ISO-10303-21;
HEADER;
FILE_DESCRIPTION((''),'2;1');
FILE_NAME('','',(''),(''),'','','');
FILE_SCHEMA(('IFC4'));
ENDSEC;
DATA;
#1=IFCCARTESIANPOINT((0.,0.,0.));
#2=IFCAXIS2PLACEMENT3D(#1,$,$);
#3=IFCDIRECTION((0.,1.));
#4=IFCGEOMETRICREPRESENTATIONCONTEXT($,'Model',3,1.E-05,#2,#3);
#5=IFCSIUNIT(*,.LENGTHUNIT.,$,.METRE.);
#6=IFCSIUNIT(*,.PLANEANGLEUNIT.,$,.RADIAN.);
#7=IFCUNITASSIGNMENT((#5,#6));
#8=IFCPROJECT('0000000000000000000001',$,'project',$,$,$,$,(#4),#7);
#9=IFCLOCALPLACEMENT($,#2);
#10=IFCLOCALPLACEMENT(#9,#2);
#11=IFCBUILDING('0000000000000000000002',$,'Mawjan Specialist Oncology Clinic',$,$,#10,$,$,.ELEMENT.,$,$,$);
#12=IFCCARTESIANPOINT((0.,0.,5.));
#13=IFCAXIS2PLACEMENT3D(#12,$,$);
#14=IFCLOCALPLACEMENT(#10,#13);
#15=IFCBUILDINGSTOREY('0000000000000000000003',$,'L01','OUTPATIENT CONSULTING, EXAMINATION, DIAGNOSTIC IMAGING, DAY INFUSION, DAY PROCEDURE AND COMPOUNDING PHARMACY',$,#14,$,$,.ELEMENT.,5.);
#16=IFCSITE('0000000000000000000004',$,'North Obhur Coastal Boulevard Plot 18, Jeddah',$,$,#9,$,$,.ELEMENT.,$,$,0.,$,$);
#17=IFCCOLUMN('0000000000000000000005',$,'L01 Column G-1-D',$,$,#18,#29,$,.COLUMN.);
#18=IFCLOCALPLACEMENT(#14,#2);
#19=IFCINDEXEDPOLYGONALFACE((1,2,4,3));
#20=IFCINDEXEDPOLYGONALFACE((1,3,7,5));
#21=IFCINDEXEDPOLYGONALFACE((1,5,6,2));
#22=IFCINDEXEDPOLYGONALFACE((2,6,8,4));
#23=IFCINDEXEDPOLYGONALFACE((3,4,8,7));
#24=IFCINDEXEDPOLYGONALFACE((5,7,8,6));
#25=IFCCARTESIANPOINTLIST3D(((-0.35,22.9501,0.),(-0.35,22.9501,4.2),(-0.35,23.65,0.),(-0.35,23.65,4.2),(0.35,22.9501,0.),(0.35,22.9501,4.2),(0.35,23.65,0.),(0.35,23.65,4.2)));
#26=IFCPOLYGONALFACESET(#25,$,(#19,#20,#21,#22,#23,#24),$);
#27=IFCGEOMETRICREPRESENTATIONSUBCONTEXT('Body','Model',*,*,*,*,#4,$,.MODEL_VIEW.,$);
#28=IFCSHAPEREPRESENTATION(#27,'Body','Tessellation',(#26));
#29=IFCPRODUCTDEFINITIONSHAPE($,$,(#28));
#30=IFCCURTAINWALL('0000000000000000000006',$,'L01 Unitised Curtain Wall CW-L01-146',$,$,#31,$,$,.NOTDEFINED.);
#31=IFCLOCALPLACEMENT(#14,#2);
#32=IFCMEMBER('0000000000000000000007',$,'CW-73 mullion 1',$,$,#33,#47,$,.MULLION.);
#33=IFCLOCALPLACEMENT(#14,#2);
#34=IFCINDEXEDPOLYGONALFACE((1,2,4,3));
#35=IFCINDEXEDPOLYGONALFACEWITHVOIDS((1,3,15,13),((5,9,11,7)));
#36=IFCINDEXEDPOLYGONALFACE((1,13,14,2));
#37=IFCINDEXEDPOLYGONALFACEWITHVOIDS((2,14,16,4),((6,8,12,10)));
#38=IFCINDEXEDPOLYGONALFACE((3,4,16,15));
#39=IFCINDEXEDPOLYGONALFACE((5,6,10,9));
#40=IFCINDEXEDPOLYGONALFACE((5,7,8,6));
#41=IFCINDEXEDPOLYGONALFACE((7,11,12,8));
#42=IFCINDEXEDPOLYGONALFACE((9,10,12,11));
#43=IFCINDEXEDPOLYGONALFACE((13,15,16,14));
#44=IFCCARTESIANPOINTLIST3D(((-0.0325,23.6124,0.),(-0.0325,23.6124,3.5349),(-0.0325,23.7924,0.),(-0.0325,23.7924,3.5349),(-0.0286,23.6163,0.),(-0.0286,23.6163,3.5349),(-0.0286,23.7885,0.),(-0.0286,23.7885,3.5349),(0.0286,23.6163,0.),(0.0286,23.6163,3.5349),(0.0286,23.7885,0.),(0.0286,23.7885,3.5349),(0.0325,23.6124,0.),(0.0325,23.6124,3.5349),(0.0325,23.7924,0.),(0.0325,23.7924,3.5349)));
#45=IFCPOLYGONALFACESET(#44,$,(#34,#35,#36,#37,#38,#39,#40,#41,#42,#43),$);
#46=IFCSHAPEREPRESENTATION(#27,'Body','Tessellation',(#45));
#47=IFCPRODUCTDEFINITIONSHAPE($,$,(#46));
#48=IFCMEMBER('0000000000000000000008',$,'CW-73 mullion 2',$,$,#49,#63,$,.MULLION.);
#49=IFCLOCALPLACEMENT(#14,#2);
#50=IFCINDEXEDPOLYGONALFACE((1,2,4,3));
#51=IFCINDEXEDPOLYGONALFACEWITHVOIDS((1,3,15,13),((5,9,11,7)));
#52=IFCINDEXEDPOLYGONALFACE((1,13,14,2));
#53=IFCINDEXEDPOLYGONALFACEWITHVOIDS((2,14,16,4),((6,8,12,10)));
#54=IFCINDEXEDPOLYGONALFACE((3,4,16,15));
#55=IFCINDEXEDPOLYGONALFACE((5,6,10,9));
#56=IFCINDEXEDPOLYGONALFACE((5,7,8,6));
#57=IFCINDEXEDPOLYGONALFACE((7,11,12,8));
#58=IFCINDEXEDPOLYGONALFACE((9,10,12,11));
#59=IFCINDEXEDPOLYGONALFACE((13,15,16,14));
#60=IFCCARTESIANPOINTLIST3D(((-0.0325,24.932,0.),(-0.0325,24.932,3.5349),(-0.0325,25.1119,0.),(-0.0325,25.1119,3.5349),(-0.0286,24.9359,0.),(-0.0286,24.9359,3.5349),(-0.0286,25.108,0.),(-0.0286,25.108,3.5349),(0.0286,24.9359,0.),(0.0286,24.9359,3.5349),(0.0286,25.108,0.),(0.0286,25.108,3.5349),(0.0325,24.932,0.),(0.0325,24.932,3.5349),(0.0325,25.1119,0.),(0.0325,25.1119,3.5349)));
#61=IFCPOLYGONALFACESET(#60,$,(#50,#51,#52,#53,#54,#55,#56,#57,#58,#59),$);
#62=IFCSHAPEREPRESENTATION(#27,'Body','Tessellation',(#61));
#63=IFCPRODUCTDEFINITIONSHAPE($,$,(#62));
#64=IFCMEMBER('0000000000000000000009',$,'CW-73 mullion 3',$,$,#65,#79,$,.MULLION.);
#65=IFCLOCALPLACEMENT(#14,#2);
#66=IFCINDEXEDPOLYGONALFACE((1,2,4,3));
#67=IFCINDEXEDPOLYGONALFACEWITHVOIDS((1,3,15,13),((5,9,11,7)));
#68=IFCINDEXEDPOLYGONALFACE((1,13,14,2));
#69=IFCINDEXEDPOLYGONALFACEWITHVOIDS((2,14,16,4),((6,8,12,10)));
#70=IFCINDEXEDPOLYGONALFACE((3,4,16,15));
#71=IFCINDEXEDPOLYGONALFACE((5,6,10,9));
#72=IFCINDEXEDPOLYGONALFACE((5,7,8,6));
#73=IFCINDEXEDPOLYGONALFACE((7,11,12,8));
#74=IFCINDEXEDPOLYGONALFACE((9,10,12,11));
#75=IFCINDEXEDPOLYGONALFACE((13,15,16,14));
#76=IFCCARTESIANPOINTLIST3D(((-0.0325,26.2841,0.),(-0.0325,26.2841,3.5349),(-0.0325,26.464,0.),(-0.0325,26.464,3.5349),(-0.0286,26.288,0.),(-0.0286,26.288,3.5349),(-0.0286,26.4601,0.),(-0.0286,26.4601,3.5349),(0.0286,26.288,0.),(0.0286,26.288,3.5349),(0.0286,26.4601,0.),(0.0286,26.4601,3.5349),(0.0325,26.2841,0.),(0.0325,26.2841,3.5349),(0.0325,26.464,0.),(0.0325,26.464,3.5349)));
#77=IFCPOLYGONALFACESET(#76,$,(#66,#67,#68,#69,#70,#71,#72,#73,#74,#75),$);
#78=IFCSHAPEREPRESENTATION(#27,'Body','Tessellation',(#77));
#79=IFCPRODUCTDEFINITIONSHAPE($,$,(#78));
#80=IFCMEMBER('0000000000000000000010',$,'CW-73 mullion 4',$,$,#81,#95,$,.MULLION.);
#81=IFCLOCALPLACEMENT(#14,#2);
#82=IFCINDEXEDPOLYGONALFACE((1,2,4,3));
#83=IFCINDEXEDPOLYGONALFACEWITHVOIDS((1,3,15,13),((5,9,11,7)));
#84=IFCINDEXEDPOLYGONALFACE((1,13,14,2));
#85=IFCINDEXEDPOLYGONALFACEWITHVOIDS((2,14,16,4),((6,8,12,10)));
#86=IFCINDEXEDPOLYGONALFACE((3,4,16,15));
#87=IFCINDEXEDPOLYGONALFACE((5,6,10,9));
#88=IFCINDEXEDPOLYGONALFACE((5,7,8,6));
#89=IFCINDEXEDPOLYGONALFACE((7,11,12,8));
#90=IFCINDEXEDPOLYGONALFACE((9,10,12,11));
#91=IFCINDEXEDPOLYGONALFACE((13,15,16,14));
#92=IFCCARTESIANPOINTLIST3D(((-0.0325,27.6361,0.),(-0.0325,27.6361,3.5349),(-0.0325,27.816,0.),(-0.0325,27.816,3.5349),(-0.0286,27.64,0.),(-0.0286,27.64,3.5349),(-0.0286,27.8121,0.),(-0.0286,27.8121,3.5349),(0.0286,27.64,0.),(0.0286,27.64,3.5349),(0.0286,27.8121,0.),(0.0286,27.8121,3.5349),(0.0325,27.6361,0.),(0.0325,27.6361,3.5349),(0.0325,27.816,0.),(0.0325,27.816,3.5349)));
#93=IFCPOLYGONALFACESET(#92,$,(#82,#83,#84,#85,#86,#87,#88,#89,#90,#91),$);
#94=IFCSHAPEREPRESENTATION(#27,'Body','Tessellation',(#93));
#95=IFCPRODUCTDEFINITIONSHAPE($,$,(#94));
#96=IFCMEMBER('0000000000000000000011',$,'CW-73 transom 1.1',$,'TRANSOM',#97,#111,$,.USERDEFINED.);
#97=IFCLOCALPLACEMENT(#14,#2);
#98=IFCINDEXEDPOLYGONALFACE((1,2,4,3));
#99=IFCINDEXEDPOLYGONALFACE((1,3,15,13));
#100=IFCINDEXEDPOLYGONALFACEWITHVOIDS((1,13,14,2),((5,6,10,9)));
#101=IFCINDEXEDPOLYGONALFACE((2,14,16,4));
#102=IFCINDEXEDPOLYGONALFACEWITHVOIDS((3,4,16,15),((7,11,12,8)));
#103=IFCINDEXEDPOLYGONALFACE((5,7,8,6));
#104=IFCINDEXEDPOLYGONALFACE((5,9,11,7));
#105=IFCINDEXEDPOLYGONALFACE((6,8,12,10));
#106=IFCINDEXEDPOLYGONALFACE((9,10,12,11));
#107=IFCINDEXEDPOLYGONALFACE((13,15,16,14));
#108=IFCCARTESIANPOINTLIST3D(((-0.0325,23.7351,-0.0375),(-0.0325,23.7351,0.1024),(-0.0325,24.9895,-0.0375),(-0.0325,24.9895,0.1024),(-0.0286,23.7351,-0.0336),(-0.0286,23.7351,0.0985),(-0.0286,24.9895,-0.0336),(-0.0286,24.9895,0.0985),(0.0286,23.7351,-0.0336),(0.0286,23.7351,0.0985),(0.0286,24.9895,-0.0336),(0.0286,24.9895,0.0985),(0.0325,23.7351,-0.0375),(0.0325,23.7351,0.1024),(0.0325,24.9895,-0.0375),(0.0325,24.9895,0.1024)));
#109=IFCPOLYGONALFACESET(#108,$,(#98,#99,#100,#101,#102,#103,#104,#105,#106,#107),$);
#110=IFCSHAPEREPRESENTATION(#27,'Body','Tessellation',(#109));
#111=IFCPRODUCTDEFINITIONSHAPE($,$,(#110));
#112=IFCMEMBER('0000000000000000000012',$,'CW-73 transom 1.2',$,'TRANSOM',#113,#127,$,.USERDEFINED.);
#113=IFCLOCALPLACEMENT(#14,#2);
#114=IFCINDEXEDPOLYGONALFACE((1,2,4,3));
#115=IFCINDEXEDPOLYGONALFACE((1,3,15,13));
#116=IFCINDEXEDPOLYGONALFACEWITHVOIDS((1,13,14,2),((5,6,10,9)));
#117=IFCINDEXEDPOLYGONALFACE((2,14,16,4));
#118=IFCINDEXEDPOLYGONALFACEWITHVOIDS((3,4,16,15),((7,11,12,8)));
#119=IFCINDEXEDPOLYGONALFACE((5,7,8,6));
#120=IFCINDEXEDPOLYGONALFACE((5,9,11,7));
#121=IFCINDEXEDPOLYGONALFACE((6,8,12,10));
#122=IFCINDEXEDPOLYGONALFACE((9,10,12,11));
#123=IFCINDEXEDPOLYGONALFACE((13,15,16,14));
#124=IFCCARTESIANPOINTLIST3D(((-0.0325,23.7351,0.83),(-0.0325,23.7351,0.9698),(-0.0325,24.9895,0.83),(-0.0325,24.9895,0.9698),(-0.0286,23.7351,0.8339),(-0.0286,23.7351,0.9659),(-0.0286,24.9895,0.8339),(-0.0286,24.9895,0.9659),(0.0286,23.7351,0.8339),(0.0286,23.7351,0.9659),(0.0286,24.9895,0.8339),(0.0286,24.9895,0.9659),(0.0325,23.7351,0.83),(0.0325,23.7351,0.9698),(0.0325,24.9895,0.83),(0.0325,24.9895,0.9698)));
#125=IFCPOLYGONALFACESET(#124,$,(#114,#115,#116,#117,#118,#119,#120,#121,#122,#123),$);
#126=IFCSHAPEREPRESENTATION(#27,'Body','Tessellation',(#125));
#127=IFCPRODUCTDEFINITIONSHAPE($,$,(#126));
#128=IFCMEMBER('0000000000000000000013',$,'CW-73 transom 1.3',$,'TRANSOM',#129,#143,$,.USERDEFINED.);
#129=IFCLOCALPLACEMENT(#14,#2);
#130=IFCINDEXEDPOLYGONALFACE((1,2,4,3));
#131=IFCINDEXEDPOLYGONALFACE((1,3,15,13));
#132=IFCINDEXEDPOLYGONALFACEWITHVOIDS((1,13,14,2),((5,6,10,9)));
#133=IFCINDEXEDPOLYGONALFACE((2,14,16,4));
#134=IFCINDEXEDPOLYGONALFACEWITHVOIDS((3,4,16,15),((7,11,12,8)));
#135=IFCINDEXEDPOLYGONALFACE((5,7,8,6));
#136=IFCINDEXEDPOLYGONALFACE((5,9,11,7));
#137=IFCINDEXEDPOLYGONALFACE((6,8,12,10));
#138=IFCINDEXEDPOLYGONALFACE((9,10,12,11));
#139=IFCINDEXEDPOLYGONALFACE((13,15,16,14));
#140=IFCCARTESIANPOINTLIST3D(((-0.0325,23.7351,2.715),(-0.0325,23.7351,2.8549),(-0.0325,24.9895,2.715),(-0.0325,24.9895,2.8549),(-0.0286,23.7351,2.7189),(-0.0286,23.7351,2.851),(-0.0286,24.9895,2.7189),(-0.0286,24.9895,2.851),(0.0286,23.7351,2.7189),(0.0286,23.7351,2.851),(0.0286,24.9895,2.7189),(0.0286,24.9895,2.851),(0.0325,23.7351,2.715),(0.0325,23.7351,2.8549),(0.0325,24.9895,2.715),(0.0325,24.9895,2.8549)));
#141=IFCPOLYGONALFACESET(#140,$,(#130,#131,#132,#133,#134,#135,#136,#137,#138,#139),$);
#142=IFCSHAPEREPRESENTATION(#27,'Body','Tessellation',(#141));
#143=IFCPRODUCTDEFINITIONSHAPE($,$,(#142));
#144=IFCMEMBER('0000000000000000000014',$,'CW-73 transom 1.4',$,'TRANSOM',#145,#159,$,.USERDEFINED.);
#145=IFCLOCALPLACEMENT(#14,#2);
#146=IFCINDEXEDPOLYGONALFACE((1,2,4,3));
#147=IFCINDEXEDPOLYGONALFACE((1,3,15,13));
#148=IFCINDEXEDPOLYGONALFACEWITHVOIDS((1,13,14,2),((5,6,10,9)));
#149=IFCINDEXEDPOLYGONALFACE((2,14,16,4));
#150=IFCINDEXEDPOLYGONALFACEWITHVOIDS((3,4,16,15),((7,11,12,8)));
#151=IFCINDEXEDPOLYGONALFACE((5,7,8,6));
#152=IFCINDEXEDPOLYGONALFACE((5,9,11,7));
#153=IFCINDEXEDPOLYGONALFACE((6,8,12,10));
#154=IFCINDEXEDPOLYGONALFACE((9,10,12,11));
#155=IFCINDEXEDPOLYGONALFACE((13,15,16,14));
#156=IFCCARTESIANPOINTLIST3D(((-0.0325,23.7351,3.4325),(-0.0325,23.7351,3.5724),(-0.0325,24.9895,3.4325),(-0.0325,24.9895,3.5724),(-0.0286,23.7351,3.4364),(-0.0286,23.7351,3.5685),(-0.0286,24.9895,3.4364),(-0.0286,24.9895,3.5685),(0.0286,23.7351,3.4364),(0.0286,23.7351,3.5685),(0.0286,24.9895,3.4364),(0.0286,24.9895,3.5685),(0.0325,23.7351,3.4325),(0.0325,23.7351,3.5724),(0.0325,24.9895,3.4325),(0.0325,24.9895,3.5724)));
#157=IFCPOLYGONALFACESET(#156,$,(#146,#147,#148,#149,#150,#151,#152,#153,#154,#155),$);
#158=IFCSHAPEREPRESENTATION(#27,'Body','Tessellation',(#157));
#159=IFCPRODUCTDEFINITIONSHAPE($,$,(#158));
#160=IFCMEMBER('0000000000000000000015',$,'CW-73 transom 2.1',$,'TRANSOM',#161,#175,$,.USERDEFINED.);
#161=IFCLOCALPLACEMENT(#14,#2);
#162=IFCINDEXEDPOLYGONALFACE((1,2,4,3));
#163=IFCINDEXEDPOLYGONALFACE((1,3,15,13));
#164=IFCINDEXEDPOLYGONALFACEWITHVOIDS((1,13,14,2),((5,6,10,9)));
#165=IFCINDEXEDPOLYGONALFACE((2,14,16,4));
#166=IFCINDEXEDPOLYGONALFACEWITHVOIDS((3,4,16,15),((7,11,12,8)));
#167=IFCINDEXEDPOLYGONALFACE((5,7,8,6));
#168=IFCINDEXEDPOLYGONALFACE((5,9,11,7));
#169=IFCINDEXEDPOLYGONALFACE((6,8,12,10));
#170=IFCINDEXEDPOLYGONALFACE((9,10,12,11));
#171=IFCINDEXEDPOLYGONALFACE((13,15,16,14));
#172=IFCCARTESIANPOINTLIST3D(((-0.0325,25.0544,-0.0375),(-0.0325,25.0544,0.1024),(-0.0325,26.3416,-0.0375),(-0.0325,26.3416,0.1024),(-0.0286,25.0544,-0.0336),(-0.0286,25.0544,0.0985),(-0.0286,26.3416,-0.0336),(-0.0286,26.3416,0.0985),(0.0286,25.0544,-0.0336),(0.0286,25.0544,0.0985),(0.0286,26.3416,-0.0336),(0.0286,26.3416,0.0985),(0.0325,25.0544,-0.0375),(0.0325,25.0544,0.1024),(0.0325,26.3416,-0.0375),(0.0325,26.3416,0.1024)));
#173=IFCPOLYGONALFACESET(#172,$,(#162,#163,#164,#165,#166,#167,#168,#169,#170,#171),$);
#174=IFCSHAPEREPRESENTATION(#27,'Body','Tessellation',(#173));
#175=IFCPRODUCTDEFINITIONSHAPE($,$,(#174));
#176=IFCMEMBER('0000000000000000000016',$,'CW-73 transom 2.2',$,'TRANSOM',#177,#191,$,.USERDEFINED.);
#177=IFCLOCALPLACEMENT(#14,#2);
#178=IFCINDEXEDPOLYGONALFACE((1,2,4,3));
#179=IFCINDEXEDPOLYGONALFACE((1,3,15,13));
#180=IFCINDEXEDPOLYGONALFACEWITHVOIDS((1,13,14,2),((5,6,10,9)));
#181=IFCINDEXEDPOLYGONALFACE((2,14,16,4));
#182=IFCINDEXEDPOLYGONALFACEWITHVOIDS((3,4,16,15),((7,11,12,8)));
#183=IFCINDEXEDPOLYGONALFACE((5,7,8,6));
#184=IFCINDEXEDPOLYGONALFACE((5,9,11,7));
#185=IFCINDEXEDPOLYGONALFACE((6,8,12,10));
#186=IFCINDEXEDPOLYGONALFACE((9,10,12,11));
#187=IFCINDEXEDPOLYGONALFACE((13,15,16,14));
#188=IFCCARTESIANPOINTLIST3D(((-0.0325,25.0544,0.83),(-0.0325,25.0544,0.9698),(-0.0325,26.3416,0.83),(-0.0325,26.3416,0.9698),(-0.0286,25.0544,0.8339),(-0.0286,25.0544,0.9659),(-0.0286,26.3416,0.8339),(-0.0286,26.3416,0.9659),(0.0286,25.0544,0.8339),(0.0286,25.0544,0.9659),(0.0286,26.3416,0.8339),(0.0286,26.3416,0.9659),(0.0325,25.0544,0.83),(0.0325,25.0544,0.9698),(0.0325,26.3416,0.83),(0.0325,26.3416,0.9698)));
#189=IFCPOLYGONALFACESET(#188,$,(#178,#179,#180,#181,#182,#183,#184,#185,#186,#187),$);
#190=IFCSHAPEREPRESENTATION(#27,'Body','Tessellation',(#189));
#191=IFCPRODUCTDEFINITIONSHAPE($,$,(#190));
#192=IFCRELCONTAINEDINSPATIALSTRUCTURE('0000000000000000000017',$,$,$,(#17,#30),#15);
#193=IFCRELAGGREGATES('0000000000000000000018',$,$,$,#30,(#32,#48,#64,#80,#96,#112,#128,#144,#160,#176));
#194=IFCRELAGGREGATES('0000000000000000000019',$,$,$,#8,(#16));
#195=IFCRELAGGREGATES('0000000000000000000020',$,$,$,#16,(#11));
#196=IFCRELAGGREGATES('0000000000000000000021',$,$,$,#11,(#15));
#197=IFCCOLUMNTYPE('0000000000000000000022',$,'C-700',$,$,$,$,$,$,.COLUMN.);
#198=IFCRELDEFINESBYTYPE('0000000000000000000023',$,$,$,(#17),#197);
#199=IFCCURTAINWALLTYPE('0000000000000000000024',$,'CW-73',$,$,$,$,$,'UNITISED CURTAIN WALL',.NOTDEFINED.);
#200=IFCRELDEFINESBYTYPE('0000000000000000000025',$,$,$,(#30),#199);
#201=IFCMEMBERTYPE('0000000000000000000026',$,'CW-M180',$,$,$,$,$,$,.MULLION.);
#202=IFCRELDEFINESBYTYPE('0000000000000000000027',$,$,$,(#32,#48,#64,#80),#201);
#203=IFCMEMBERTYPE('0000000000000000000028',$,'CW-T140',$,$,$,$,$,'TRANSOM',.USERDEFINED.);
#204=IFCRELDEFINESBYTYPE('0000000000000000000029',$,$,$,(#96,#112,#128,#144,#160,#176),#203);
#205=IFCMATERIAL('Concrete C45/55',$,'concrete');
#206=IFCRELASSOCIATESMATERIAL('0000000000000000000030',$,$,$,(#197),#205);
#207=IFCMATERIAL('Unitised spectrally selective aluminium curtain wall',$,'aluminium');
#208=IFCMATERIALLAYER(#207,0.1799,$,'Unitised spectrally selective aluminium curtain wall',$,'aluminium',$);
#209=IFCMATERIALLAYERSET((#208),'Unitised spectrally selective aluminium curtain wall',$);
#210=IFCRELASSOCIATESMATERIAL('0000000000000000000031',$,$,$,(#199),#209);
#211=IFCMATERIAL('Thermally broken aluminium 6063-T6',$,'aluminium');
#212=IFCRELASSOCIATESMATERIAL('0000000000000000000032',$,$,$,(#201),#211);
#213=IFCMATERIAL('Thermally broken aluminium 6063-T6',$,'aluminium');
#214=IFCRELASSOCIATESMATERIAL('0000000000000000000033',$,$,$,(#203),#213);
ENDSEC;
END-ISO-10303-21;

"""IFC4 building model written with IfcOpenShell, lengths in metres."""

from ifc_helpers import new_model, si_unit, direction, frame, origin, origin_2d, place, context, subcontext, project, spatial, rectangle, hollow_rectangle, extrude, material, layer, layer_set, material_profile, profile_set, type_object, element, aggregate, save


model = new_model("IFC4")

# Units and contexts
model_context = context("Model", 3, precision=1e-05, world=origin(), true_north=direction((0.0, 1.0)))
body_context = subcontext(model_context, "Body", "Model", "MODEL_VIEW")
ifc_project = project(units=[si_unit("LENGTHUNIT", "METRE"), si_unit("PLANEANGLEUNIT", "RADIAN")], contexts=[model_context])

# Site, building, storey
site_placement = place(None, origin())
site = spatial("IfcSite", under=ifc_project, at=site_placement, Name="North Obhur Coastal Boulevard Plot 18, Jeddah", CompositionType="ELEMENT", RefElevation=0.0)
building_placement = place(site_placement, origin())
building = spatial("IfcBuilding", under=site, at=building_placement, Name="Mawjan Specialist Oncology Clinic", CompositionType="ELEMENT")
storey_placement = place(building_placement, frame((0.0, 0.0, 5.0)))
storey = spatial("IfcBuildingStorey", under=building, at=storey_placement, Name="L01", Description="OUTPATIENT CONSULTING, EXAMINATION, DIAGNOSTIC IMAGING, DAY INFUSION, DAY PROCEDURE AND COMPOUNDING PHARMACY", CompositionType="ELEMENT", Elevation=5.0)

# Column
ifc_material_1 = material(Name="Concrete C45/55", Category="concrete")
ifc_material_profile_1 = material_profile(ifc_material_1, rectangle(XDim=0.7, YDim=0.7, at=origin_2d()), Name="RC COL 700x700", Category="concrete")
ifc_profile_set_1 = profile_set([ifc_material_profile_1], Name="Concrete C45/55")
column_type = type_object("IfcColumnType", Name="C-700", PredefinedType="COLUMN", material=ifc_profile_set_1)
column_placement = place(storey_placement, frame((0.0, 23.3, 0.0), z_axis=(0.0, 0.0, 1.0), x_axis=(1.0, 0.0, 0.0)))
element("IfcColumn", 1, at=column_placement, inside=storey, type_object=column_type, Name="L01 Column G-1-D", PredefinedType="COLUMN", context=body_context, shape_type="SweptSolid", body=[
    extrude(rectangle(XDim=0.7, YDim=0.7, at=origin_2d()), origin(), (0.0, 0.0, 1.0), 4.2),
])

# Curtain wall, members
ifc_material_2 = material(Name="Unitised spectrally selective aluminium curtain wall", Category="aluminium")
ifc_layer_1 = layer(ifc_material_2, 0.1799, Name="Unitised spectrally selective aluminium curtain wall", Category="aluminium")
ifc_layer_set_1 = layer_set([ifc_layer_1], Name="Unitised spectrally selective aluminium curtain wall")
curtain_wall_type = type_object("IfcCurtainWallType", Name="CW-73", ElementType="UNITISED CURTAIN WALL", PredefinedType="NOTDEFINED", material=ifc_layer_set_1)
curtain_wall_placement = place(storey_placement, origin())
curtain_wall = element("IfcCurtainWall", 2, at=curtain_wall_placement, inside=storey, type_object=curtain_wall_type, Name="L01 Unitised Curtain Wall CW-L01-146", PredefinedType="NOTDEFINED")
ifc_material_3 = material(Name="Thermally broken aluminium 6063-T6", Category="aluminium")
ifc_material_profile_2 = material_profile(ifc_material_3, hollow_rectangle(XDim=0.0649, YDim=0.1799, WallThickness=0.0039, at=origin_2d()), Name="ALU MULLION 180x65x4", Category="aluminium")
ifc_profile_set_2 = profile_set([ifc_material_profile_2], Name="Thermally broken aluminium 6063-T6")
member_type_1 = type_object("IfcMemberType", Name="CW-M180", PredefinedType="MULLION", material=ifc_profile_set_2)
member_1_placement = place(storey_placement, frame((0.0, 23.7024, 0.0), z_axis=(0.0, 0.0, 1.0), x_axis=(-1.0, 0.0, 0.0)))
member_1 = element("IfcMember", 3, at=member_1_placement, type_object=member_type_1, Name="CW-73 mullion 1", PredefinedType="MULLION", context=body_context, shape_type="SweptSolid", body=[
    extrude(hollow_rectangle(XDim=0.0649, YDim=0.1799, WallThickness=0.0039, at=origin_2d()), origin(), (0.0, 0.0, 1.0), 3.5349),
])
member_2_placement = place(storey_placement, frame((0.0, 25.022, 0.0), z_axis=(0.0, 0.0, 1.0), x_axis=(-1.0, 0.0, 0.0)))
member_2 = element("IfcMember", 4, at=member_2_placement, type_object=member_type_1, Name="CW-73 mullion 2", PredefinedType="MULLION", context=body_context, shape_type="SweptSolid", body=[
    extrude(hollow_rectangle(XDim=0.0649, YDim=0.1799, WallThickness=0.0039, at=origin_2d()), origin(), (0.0, 0.0, 1.0), 3.5349),
])
member_3_placement = place(storey_placement, frame((0.0, 26.374, 0.0), z_axis=(0.0, 0.0, 1.0), x_axis=(-1.0, 0.0, 0.0)))
member_3 = element("IfcMember", 5, at=member_3_placement, type_object=member_type_1, Name="CW-73 mullion 3", PredefinedType="MULLION", context=body_context, shape_type="SweptSolid", body=[
    extrude(hollow_rectangle(XDim=0.0649, YDim=0.1799, WallThickness=0.0039, at=origin_2d()), origin(), (0.0, 0.0, 1.0), 3.5349),
])
member_4_placement = place(storey_placement, frame((0.0, 27.7261, 0.0), z_axis=(0.0, 0.0, 1.0), x_axis=(-1.0, 0.0, 0.0)))
member_4 = element("IfcMember", 6, at=member_4_placement, type_object=member_type_1, Name="CW-73 mullion 4", PredefinedType="MULLION", context=body_context, shape_type="SweptSolid", body=[
    extrude(hollow_rectangle(XDim=0.0649, YDim=0.1799, WallThickness=0.0039, at=origin_2d()), origin(), (0.0, 0.0, 1.0), 3.5349),
])
ifc_material_4 = material(Name="Thermally broken aluminium 6063-T6", Category="aluminium")
ifc_material_profile_3 = material_profile(ifc_material_4, hollow_rectangle(XDim=0.0649, YDim=0.1399, WallThickness=0.0039, at=origin_2d()), Name="ALU TRANSOM 140x65x4", Category="aluminium")
ifc_profile_set_3 = profile_set([ifc_material_profile_3], Name="Thermally broken aluminium 6063-T6")
member_type_2 = type_object("IfcMemberType", Name="CW-T140", ElementType="TRANSOM", PredefinedType="USERDEFINED", material=ifc_profile_set_3)
member_5_placement = place(storey_placement, frame((0.0, 23.7351, 0.0325), z_axis=(0.0, 1.0, 0.0), x_axis=(-1.0, 0.0, 0.0)))
member_5 = element("IfcMember", 7, at=member_5_placement, type_object=member_type_2, Name="CW-73 transom 1.1", ObjectType="TRANSOM", PredefinedType="USERDEFINED", context=body_context, shape_type="SweptSolid", body=[
    extrude(hollow_rectangle(XDim=0.0649, YDim=0.1399, WallThickness=0.0039, at=origin_2d()), origin(), (0.0, 0.0, 1.0), 1.2544),
])
member_6_placement = place(storey_placement, frame((0.0, 23.7351, 0.8999), z_axis=(0.0, 1.0, 0.0), x_axis=(-1.0, 0.0, 0.0)))
member_6 = element("IfcMember", 8, at=member_6_placement, type_object=member_type_2, Name="CW-73 transom 1.2", ObjectType="TRANSOM", PredefinedType="USERDEFINED", context=body_context, shape_type="SweptSolid", body=[
    extrude(hollow_rectangle(XDim=0.0649, YDim=0.1399, WallThickness=0.0039, at=origin_2d()), origin(), (0.0, 0.0, 1.0), 1.2544),
])
member_7_placement = place(storey_placement, frame((0.0, 23.7351, 2.7849), z_axis=(0.0, 1.0, 0.0), x_axis=(-1.0, 0.0, 0.0)))
member_7 = element("IfcMember", 9, at=member_7_placement, type_object=member_type_2, Name="CW-73 transom 1.3", ObjectType="TRANSOM", PredefinedType="USERDEFINED", context=body_context, shape_type="SweptSolid", body=[
    extrude(hollow_rectangle(XDim=0.0649, YDim=0.1399, WallThickness=0.0039, at=origin_2d()), origin(), (0.0, 0.0, 1.0), 1.2544),
])
member_8_placement = place(storey_placement, frame((0.0, 23.7351, 3.5024), z_axis=(0.0, 1.0, 0.0), x_axis=(-1.0, 0.0, 0.0)))
member_8 = element("IfcMember", 10, at=member_8_placement, type_object=member_type_2, Name="CW-73 transom 1.4", ObjectType="TRANSOM", PredefinedType="USERDEFINED", context=body_context, shape_type="SweptSolid", body=[
    extrude(hollow_rectangle(XDim=0.0649, YDim=0.1399, WallThickness=0.0039, at=origin_2d()), origin(), (0.0, 0.0, 1.0), 1.2544),
])
member_9_placement = place(storey_placement, frame((0.0, 25.0544, 0.0325), z_axis=(0.0, 1.0, 0.0), x_axis=(-1.0, 0.0, 0.0)))
member_9 = element("IfcMember", 11, at=member_9_placement, type_object=member_type_2, Name="CW-73 transom 2.1", ObjectType="TRANSOM", PredefinedType="USERDEFINED", context=body_context, shape_type="SweptSolid", body=[
    extrude(hollow_rectangle(XDim=0.0649, YDim=0.1399, WallThickness=0.0039, at=origin_2d()), origin(), (0.0, 0.0, 1.0), 1.2871),
])
member_10_placement = place(storey_placement, frame((0.0, 25.0544, 0.8999), z_axis=(0.0, 1.0, 0.0), x_axis=(-1.0, 0.0, 0.0)))
member_10 = element("IfcMember", 12, at=member_10_placement, type_object=member_type_2, Name="CW-73 transom 2.2", ObjectType="TRANSOM", PredefinedType="USERDEFINED", context=body_context, shape_type="SweptSolid", body=[
    extrude(hollow_rectangle(XDim=0.0649, YDim=0.1399, WallThickness=0.0039, at=origin_2d()), origin(), (0.0, 0.0, 1.0), 1.2871),
])

aggregate(curtain_wall, [member_1, member_2, member_3, member_4, member_5, member_6, member_7, member_8, member_9, member_10])

save(model, "model.ifc")
